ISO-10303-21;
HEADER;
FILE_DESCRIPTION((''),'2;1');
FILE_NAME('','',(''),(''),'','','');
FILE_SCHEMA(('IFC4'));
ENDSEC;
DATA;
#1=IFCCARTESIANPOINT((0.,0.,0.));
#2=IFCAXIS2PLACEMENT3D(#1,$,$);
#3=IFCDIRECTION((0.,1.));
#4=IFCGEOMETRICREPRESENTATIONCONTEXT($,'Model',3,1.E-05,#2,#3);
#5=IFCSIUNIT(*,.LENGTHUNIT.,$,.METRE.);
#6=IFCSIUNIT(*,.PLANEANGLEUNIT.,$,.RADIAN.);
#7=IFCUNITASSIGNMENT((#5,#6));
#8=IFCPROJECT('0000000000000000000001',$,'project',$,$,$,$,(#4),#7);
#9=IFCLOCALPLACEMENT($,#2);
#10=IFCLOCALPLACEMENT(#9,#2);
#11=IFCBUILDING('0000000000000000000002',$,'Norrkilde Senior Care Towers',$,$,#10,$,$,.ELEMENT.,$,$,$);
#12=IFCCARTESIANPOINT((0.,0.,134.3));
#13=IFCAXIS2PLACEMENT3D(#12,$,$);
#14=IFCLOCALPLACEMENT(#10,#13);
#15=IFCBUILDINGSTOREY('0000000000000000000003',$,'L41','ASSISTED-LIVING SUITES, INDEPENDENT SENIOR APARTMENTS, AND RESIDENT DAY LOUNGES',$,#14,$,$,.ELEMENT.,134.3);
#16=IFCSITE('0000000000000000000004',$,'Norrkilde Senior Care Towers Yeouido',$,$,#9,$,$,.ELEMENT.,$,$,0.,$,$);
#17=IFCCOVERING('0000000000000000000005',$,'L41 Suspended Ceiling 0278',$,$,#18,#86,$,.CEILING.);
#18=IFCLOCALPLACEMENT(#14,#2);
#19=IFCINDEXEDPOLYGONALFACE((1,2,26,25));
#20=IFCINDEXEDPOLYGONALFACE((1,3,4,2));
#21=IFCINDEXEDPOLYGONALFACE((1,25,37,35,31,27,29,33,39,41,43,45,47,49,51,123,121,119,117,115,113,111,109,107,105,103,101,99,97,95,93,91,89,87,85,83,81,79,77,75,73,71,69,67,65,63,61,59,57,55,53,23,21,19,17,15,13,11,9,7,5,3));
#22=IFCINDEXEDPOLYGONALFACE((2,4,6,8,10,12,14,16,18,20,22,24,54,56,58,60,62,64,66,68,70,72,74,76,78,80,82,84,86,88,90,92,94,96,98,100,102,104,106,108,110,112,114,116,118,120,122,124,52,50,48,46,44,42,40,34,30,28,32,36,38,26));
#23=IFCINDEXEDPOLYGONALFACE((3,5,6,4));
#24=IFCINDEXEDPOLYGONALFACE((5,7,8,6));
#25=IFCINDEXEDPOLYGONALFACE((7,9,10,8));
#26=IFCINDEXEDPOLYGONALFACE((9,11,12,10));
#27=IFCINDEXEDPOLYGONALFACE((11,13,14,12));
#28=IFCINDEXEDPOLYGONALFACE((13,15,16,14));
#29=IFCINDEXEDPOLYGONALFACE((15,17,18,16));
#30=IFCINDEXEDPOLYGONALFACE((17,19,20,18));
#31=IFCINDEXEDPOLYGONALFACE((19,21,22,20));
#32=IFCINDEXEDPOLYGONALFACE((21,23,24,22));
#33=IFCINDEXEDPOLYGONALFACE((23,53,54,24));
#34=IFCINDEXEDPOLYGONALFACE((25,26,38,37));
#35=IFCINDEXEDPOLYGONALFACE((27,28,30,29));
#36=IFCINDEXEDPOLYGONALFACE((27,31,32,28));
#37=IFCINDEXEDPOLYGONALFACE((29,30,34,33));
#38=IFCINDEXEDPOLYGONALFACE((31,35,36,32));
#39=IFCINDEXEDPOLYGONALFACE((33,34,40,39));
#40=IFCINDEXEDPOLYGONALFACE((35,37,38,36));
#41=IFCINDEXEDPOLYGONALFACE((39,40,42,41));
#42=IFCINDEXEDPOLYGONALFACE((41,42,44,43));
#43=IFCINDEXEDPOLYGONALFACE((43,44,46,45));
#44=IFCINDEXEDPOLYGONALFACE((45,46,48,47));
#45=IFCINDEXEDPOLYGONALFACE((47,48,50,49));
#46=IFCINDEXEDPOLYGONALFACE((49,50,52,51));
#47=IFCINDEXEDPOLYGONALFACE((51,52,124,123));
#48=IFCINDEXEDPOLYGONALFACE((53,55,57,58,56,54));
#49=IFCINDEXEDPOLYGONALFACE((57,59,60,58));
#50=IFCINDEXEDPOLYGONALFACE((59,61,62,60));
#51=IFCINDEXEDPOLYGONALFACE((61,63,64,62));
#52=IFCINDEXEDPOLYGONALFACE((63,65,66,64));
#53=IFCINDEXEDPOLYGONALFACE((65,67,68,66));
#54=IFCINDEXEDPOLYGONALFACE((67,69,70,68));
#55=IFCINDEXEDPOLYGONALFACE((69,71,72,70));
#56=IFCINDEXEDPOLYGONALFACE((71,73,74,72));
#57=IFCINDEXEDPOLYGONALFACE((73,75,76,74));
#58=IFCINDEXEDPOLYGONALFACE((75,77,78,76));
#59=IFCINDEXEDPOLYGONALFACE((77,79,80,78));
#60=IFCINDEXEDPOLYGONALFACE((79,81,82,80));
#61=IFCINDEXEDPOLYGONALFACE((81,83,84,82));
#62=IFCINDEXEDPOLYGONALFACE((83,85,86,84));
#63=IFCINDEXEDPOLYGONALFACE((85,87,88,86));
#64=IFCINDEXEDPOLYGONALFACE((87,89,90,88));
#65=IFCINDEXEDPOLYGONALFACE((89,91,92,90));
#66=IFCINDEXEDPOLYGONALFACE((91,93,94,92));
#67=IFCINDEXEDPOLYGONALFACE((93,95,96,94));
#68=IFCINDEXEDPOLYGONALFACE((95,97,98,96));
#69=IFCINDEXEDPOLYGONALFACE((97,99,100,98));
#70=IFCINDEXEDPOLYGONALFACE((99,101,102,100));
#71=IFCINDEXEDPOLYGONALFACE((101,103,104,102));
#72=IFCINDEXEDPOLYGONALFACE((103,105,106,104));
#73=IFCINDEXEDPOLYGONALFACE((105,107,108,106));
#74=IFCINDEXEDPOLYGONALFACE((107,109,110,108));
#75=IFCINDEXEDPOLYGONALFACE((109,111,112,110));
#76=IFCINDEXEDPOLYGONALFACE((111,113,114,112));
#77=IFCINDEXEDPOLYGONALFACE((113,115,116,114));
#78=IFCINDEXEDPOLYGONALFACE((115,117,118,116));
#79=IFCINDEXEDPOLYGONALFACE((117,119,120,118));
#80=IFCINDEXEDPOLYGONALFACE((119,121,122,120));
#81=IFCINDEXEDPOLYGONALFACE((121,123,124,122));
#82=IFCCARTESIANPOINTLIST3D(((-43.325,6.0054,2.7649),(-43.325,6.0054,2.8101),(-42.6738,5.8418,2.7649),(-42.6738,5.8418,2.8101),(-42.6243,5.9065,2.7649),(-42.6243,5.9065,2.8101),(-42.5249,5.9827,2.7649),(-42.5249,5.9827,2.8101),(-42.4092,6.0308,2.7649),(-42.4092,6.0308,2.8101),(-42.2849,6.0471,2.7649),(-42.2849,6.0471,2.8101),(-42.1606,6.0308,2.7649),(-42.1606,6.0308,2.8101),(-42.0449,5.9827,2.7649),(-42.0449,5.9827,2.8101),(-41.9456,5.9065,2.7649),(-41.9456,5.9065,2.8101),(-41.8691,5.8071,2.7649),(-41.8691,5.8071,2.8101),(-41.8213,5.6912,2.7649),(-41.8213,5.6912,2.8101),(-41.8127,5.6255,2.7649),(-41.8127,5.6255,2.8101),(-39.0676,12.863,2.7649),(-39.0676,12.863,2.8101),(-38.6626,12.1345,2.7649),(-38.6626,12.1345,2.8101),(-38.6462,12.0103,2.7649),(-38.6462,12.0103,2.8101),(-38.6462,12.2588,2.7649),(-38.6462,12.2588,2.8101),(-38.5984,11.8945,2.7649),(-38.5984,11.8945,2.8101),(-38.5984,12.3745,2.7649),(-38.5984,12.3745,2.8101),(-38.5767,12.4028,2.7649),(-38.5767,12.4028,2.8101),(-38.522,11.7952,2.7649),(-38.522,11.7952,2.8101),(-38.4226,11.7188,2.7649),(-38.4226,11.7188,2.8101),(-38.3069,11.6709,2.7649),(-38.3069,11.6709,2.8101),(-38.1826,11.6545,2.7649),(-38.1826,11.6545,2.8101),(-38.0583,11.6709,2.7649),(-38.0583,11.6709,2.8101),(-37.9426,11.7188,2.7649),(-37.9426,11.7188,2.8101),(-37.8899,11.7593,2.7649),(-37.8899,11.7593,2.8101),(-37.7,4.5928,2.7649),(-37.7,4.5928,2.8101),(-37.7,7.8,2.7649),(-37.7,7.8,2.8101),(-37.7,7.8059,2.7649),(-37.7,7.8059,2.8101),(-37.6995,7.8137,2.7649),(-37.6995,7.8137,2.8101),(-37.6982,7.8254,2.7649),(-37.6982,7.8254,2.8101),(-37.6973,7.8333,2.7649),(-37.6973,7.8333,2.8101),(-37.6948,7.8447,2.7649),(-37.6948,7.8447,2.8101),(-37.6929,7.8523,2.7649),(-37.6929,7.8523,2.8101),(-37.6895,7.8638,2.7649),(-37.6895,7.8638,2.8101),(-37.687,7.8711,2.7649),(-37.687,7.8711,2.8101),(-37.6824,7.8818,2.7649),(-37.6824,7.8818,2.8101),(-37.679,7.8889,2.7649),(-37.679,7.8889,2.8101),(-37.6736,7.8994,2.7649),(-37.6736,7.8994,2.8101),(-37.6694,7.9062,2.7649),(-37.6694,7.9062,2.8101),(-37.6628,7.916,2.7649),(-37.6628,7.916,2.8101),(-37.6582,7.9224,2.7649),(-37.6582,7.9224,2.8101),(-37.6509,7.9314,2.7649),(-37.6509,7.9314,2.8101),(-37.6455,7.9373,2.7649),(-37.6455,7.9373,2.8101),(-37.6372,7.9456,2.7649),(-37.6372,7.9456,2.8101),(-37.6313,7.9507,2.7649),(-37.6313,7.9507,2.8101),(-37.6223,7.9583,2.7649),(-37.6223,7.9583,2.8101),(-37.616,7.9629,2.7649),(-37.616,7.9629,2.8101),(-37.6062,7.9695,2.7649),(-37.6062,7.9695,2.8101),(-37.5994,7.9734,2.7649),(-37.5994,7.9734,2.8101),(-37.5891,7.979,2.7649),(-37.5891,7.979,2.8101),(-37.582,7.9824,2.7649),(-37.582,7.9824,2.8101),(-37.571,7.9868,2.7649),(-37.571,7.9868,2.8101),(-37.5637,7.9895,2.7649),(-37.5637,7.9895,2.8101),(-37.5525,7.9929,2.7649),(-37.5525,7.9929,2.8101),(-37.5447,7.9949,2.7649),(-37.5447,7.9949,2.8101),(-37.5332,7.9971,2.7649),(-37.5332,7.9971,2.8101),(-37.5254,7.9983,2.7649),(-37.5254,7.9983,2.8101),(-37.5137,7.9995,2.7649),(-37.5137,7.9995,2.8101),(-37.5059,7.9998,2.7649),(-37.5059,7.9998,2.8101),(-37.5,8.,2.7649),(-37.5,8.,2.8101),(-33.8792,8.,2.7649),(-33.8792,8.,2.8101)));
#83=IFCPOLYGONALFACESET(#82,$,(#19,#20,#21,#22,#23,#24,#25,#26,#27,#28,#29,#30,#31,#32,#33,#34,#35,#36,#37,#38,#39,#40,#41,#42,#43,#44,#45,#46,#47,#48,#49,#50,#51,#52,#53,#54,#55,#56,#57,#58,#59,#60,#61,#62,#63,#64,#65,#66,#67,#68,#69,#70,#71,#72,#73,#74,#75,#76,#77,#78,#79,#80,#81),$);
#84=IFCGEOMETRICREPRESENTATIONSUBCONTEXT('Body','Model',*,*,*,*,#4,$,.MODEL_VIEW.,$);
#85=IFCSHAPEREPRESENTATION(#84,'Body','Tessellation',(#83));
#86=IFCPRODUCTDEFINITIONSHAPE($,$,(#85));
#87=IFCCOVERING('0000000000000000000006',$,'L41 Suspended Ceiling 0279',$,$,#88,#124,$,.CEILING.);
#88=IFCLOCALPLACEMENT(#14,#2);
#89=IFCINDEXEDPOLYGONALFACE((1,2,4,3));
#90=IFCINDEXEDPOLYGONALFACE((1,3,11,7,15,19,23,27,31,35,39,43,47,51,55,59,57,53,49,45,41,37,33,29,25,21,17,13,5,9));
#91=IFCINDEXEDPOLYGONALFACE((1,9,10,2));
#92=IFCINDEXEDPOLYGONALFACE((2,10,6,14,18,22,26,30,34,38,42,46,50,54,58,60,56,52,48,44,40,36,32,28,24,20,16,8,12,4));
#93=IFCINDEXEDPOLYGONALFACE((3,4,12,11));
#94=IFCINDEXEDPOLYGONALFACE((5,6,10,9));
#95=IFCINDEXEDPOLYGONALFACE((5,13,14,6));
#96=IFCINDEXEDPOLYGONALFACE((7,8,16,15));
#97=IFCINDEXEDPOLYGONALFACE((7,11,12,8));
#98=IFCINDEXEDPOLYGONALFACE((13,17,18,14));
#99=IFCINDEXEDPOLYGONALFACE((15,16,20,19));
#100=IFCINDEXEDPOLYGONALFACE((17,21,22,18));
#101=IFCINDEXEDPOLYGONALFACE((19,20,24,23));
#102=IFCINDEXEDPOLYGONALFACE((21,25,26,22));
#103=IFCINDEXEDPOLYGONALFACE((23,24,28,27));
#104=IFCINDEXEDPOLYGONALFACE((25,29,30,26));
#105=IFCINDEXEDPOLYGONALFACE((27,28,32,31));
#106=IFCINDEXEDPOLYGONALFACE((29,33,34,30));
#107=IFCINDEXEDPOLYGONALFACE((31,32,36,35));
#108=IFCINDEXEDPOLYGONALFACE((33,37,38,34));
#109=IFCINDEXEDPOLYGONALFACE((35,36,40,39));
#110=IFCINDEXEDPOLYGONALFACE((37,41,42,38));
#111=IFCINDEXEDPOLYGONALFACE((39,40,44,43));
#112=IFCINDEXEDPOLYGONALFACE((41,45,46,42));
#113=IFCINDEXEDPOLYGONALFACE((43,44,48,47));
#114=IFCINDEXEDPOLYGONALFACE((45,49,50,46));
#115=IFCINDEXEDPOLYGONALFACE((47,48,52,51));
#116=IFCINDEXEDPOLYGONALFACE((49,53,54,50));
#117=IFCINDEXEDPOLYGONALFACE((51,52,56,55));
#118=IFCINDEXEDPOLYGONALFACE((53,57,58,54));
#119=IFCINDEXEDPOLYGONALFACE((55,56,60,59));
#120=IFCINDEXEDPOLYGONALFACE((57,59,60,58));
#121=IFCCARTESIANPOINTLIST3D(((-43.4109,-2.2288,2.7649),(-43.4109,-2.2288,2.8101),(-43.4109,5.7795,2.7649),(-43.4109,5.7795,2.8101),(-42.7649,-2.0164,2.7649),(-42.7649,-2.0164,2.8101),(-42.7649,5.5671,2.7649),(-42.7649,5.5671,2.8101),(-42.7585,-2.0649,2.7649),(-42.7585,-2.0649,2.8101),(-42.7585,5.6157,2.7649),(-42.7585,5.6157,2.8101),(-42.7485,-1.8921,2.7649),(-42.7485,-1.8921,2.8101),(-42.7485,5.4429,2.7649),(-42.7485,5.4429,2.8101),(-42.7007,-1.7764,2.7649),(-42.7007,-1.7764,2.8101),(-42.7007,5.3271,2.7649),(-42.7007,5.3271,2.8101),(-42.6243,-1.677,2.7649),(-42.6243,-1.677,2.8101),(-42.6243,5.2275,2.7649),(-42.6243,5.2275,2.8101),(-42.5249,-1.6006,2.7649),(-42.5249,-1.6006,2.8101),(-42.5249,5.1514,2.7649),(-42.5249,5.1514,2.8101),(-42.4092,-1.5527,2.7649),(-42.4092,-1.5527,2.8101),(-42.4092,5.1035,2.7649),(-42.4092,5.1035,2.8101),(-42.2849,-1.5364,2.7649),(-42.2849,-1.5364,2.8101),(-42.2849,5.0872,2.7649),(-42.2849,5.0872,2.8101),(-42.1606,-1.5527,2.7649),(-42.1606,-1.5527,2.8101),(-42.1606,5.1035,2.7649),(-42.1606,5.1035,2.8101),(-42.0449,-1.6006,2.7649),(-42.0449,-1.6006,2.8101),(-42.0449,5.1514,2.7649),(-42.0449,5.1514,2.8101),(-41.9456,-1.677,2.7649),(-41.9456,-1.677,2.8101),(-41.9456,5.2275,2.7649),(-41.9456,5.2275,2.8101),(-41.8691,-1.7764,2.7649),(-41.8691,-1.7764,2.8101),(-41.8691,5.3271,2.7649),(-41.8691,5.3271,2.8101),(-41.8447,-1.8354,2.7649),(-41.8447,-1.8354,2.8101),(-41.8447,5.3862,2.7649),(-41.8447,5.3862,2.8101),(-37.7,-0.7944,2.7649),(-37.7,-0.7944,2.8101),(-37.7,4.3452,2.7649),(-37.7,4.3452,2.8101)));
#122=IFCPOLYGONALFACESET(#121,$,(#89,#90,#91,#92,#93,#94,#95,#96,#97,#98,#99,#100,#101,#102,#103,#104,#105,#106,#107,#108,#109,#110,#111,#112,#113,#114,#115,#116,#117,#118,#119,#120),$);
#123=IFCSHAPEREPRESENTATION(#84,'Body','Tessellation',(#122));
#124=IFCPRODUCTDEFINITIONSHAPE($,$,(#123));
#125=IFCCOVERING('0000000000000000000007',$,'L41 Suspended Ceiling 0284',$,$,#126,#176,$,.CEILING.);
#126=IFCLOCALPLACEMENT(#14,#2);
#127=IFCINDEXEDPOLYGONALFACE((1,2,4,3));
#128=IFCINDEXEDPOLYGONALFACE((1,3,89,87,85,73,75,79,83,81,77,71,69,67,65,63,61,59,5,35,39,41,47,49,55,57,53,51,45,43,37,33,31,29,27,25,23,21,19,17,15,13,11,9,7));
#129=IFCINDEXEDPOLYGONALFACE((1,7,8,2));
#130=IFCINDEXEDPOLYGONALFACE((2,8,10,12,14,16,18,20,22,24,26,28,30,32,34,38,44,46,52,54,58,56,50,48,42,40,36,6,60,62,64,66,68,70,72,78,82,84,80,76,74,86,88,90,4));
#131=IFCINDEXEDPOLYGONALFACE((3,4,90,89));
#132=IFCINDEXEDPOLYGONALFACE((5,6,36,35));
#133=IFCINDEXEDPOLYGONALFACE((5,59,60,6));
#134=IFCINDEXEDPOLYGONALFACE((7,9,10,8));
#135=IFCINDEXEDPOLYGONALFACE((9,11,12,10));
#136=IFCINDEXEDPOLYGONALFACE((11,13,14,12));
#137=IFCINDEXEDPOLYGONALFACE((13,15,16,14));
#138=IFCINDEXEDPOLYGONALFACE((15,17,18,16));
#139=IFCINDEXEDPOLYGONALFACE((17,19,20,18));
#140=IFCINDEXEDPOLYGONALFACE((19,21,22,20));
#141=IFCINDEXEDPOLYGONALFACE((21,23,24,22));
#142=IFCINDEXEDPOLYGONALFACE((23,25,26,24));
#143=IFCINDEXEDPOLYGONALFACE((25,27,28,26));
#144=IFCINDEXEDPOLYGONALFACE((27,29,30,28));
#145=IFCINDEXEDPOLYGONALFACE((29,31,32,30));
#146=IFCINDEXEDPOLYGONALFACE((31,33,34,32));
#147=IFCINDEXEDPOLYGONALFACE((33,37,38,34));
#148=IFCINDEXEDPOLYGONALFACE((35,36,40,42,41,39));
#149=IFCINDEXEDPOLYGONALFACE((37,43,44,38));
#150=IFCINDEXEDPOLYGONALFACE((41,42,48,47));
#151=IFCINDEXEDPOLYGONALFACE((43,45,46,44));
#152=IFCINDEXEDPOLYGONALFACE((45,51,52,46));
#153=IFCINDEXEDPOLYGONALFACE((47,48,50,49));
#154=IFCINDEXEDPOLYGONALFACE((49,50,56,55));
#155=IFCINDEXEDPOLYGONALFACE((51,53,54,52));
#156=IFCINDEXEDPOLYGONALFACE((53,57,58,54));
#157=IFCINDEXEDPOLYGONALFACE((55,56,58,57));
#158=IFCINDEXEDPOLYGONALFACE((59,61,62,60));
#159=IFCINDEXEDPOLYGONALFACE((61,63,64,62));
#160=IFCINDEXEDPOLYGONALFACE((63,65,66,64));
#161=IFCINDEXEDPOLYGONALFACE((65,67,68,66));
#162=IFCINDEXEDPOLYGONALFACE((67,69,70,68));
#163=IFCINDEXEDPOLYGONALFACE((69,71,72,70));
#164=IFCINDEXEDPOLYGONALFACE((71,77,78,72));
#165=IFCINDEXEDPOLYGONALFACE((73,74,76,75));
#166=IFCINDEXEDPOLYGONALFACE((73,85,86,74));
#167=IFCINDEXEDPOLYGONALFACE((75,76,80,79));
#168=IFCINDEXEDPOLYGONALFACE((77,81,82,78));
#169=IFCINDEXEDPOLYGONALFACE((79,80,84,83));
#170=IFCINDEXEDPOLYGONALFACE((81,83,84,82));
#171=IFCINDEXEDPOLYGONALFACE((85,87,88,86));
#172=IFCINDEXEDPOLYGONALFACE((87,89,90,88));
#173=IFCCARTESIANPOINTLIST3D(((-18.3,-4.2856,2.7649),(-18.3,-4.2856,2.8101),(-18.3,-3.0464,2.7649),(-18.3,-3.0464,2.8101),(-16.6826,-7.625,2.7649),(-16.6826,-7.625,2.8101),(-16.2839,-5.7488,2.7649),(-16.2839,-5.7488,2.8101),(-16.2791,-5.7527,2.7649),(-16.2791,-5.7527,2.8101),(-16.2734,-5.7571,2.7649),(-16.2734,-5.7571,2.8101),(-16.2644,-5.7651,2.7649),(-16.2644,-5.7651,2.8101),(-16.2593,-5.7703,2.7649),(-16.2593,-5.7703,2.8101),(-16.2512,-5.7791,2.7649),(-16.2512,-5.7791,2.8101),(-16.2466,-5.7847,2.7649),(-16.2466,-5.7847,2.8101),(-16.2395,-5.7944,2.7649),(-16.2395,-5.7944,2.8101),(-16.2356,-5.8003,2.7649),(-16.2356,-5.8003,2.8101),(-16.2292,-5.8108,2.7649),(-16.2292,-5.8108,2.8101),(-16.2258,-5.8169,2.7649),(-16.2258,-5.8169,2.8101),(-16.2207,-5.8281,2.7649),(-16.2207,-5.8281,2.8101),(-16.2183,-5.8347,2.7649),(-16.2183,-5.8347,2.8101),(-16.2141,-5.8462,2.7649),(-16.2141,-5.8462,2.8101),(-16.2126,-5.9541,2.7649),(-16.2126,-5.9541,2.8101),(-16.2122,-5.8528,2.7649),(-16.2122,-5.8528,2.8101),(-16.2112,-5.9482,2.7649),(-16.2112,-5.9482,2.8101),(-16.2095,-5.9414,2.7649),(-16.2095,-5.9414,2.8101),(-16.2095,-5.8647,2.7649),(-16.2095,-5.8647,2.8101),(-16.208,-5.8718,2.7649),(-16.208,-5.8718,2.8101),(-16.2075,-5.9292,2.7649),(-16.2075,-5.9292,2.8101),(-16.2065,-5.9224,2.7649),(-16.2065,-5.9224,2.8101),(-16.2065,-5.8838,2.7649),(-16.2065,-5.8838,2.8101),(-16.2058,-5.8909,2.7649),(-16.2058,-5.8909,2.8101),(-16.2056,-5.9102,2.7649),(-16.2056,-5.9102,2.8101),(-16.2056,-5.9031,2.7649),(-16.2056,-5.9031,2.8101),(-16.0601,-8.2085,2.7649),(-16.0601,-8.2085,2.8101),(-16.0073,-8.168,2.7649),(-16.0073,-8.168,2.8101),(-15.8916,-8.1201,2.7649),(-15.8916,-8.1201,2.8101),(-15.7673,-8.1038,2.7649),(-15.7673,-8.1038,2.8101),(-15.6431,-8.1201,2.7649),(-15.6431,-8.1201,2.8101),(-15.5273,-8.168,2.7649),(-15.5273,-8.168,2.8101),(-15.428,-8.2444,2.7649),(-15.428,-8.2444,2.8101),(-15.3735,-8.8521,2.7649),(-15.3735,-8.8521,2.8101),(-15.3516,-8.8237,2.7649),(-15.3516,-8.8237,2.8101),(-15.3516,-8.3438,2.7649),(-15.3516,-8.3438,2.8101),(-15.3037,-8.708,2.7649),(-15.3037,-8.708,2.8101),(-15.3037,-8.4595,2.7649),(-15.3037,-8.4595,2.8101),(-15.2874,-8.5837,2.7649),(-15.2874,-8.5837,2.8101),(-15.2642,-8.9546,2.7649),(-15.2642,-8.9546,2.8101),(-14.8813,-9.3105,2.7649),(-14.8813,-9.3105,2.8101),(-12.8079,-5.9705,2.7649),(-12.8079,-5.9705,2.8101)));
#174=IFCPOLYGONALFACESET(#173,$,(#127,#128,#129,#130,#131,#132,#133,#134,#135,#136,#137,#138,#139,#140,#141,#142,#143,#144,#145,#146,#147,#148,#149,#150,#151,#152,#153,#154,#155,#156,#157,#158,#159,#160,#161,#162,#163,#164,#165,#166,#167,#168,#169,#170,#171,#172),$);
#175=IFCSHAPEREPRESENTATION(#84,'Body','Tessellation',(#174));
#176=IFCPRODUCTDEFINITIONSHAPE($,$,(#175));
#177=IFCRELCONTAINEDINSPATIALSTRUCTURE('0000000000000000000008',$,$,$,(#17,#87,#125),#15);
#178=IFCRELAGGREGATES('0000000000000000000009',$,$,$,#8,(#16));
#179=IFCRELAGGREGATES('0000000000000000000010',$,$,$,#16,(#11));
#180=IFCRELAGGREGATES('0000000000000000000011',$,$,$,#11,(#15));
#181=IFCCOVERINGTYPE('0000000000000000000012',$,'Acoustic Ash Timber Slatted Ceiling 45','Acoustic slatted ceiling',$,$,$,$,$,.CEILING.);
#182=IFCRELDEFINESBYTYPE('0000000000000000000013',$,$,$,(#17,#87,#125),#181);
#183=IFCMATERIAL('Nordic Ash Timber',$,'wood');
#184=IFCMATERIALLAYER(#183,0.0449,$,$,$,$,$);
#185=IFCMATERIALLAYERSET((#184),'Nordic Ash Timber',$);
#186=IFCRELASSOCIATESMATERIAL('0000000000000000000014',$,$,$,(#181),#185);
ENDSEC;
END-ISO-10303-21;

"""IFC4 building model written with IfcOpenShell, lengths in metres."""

from ifc_helpers import new_model, si_unit, direction, frame, origin, place, context, subcontext, project, spatial, polyline, outline, extrude, material, layer, layer_set, type_object, element, save


model = new_model("IFC4")

# Units and contexts
model_context = context("Model", 3, precision=1e-05, world=origin(), true_north=direction((0.0, 1.0)))
body_context = subcontext(model_context, "Body", "Model", "MODEL_VIEW")
ifc_project = project(units=[si_unit("LENGTHUNIT", "METRE"), si_unit("PLANEANGLEUNIT", "RADIAN")], contexts=[model_context])

# Site, building, storey
site_placement = place(None, origin())
site = spatial("IfcSite", under=ifc_project, at=site_placement, Name="Norrkilde Senior Care Towers Yeouido", CompositionType="ELEMENT", RefElevation=0.0)
building_placement = place(site_placement, origin())
building = spatial("IfcBuilding", under=site, at=building_placement, Name="Norrkilde Senior Care Towers", CompositionType="ELEMENT")
storey_placement = place(building_placement, frame((0.0, 0.0, 134.3)))
storey = spatial("IfcBuildingStorey", under=building, at=storey_placement, Name="L41", Description="ASSISTED-LIVING SUITES, INDEPENDENT SENIOR APARTMENTS, AND RESIDENT DAY LOUNGES", CompositionType="ELEMENT", Elevation=134.3)

# Coverings
ifc_material_1 = material(Name="Nordic Ash Timber", Category="wood")
ifc_layer_1 = layer(ifc_material_1, 0.0449)
ifc_layer_set_1 = layer_set([ifc_layer_1], Name="Nordic Ash Timber")
covering_type_1 = type_object("IfcCoveringType", Name="Acoustic Ash Timber Slatted Ceiling 45", Description="Acoustic slatted ceiling", PredefinedType="CEILING", material=ifc_layer_set_1)
covering_1_placement = place(storey_placement, frame((0.0, 0.0, 2.7649)))
element("IfcCovering", 1, at=covering_1_placement, inside=storey, type_object=covering_type_1, Name="L41 Suspended Ceiling 0278", PredefinedType="CEILING", context=body_context, shape_type="SweptSolid", body=[
    extrude(outline(polyline([(-37.5332, 7.9971), (-37.5447, 7.9949), (-37.5525, 7.9929), (-37.5637, 7.9895), (-37.571, 7.9868), (-37.582, 7.9824), (-37.5891, 7.979), (-37.5994, 7.9734), (-37.6062, 7.9695), (-37.616, 7.9629), (-37.6223, 7.9583), (-37.6313, 7.9507), (-37.6372, 7.9456), (-37.6455, 7.9373), (-37.6509, 7.9314), (-37.6582, 7.9224), (-37.6628, 7.916), (-37.6694, 7.9062), (-37.6736, 7.8994), (-37.679, 7.8889), (-37.6824, 7.8818), (-37.687, 7.8711), (-37.6895, 7.8638), (-37.6929, 7.8523), (-37.6948, 7.8447), (-37.6973, 7.8333), (-37.6982, 7.8254), (-37.6995, 7.8137), (-37.7, 7.8059), (-37.7, 7.8), (-37.7, 4.5928), (-41.8127, 5.6255), (-41.8213, 5.6912), (-41.8691, 5.8071), (-41.9456, 5.9065), (-42.0449, 5.9827), (-42.1606, 6.0308), (-42.2849, 6.0471), (-42.4092, 6.0308), (-42.5249, 5.9827), (-42.6243, 5.9065), (-42.6738, 5.8418), (-43.325, 6.0054), (-39.0676, 12.863), (-38.5767, 12.4028), (-38.5984, 12.3745), (-38.6462, 12.2588), (-38.6626, 12.1345), (-38.6462, 12.0103), (-38.5984, 11.8945), (-38.522, 11.7952), (-38.4226, 11.7188), (-38.3069, 11.6709), (-38.1826, 11.6545), (-38.0583, 11.6709), (-37.9426, 11.7188), (-37.8899, 11.7593), (-33.8792, 8.0), (-37.5, 8.0), (-37.5059, 7.9998), (-37.5137, 7.9995), (-37.5254, 7.9983), (-37.5332, 7.9971)])), origin(), (0.0, 0.0, 1.0), 0.0452),
])
covering_2_placement = place(storey_placement, frame((0.0, 0.0, 2.7649)))
element("IfcCovering", 2, at=covering_2_placement, inside=storey, type_object=covering_type_1, Name="L41 Suspended Ceiling 0279", PredefinedType="CEILING", context=body_context, shape_type="SweptSolid", body=[
    extrude(outline(polyline([(-42.7649, 5.5671), (-42.7485, 5.4429), (-42.7007, 5.3271), (-42.6243, 5.2275), (-42.5249, 5.1514), (-42.4092, 5.1035), (-42.2849, 5.0872), (-42.1606, 5.1035), (-42.0449, 5.1514), (-41.9456, 5.2275), (-41.8691, 5.3271), (-41.8447, 5.3862), (-37.7, 4.3452), (-37.7, -0.7944), (-41.8447, -1.8354), (-41.8691, -1.7764), (-41.9456, -1.677), (-42.0449, -1.6006), (-42.1606, -1.5527), (-42.2849, -1.5364), (-42.4092, -1.5527), (-42.5249, -1.6006), (-42.6243, -1.677), (-42.7007, -1.7764), (-42.7485, -1.8921), (-42.7649, -2.0164), (-42.7585, -2.0649), (-43.4109, -2.2288), (-43.4109, 5.7795), (-42.7585, 5.6157), (-42.7649, 5.5671)])), origin(), (0.0, 0.0, 1.0), 0.0452),
])
covering_3_placement = place(storey_placement, frame((0.0, 0.0, 2.7649)))
element("IfcCovering", 3, at=covering_3_placement, inside=storey, type_object=covering_type_1, Name="L41 Suspended Ceiling 0284", PredefinedType="CEILING", context=body_context, shape_type="SweptSolid", body=[
    extrude(outline(polyline([(-16.2126, -5.9541), (-16.2112, -5.9482), (-16.2095, -5.9414), (-16.2075, -5.9292), (-16.2065, -5.9224), (-16.2056, -5.9102), (-16.2056, -5.9031), (-16.2058, -5.8909), (-16.2065, -5.8838), (-16.208, -5.8718), (-16.2095, -5.8647), (-16.2122, -5.8528), (-16.2141, -5.8462), (-16.2183, -5.8347), (-16.2207, -5.8281), (-16.2258, -5.8169), (-16.2292, -5.8108), (-16.2356, -5.8003), (-16.2395, -5.7944), (-16.2466, -5.7847), (-16.2512, -5.7791), (-16.2593, -5.7703), (-16.2644, -5.7651), (-16.2734, -5.7571), (-16.2791, -5.7527), (-16.2839, -5.7488), (-18.3, -4.2856), (-18.3, -3.0464), (-12.8079, -5.9705), (-14.8813, -9.3105), (-15.2642, -8.9546), (-15.3735, -8.8521), (-15.3516, -8.8237), (-15.3037, -8.708), (-15.2874, -8.5837), (-15.3037, -8.4595), (-15.3516, -8.3438), (-15.428, -8.2444), (-15.5273, -8.168), (-15.6431, -8.1201), (-15.7673, -8.1038), (-15.8916, -8.1201), (-16.0073, -8.168), (-16.0601, -8.2085), (-16.6826, -7.625), (-16.2126, -5.9541)])), origin(), (0.0, 0.0, 1.0), 0.0452),
])

save(model, "model.ifc")
